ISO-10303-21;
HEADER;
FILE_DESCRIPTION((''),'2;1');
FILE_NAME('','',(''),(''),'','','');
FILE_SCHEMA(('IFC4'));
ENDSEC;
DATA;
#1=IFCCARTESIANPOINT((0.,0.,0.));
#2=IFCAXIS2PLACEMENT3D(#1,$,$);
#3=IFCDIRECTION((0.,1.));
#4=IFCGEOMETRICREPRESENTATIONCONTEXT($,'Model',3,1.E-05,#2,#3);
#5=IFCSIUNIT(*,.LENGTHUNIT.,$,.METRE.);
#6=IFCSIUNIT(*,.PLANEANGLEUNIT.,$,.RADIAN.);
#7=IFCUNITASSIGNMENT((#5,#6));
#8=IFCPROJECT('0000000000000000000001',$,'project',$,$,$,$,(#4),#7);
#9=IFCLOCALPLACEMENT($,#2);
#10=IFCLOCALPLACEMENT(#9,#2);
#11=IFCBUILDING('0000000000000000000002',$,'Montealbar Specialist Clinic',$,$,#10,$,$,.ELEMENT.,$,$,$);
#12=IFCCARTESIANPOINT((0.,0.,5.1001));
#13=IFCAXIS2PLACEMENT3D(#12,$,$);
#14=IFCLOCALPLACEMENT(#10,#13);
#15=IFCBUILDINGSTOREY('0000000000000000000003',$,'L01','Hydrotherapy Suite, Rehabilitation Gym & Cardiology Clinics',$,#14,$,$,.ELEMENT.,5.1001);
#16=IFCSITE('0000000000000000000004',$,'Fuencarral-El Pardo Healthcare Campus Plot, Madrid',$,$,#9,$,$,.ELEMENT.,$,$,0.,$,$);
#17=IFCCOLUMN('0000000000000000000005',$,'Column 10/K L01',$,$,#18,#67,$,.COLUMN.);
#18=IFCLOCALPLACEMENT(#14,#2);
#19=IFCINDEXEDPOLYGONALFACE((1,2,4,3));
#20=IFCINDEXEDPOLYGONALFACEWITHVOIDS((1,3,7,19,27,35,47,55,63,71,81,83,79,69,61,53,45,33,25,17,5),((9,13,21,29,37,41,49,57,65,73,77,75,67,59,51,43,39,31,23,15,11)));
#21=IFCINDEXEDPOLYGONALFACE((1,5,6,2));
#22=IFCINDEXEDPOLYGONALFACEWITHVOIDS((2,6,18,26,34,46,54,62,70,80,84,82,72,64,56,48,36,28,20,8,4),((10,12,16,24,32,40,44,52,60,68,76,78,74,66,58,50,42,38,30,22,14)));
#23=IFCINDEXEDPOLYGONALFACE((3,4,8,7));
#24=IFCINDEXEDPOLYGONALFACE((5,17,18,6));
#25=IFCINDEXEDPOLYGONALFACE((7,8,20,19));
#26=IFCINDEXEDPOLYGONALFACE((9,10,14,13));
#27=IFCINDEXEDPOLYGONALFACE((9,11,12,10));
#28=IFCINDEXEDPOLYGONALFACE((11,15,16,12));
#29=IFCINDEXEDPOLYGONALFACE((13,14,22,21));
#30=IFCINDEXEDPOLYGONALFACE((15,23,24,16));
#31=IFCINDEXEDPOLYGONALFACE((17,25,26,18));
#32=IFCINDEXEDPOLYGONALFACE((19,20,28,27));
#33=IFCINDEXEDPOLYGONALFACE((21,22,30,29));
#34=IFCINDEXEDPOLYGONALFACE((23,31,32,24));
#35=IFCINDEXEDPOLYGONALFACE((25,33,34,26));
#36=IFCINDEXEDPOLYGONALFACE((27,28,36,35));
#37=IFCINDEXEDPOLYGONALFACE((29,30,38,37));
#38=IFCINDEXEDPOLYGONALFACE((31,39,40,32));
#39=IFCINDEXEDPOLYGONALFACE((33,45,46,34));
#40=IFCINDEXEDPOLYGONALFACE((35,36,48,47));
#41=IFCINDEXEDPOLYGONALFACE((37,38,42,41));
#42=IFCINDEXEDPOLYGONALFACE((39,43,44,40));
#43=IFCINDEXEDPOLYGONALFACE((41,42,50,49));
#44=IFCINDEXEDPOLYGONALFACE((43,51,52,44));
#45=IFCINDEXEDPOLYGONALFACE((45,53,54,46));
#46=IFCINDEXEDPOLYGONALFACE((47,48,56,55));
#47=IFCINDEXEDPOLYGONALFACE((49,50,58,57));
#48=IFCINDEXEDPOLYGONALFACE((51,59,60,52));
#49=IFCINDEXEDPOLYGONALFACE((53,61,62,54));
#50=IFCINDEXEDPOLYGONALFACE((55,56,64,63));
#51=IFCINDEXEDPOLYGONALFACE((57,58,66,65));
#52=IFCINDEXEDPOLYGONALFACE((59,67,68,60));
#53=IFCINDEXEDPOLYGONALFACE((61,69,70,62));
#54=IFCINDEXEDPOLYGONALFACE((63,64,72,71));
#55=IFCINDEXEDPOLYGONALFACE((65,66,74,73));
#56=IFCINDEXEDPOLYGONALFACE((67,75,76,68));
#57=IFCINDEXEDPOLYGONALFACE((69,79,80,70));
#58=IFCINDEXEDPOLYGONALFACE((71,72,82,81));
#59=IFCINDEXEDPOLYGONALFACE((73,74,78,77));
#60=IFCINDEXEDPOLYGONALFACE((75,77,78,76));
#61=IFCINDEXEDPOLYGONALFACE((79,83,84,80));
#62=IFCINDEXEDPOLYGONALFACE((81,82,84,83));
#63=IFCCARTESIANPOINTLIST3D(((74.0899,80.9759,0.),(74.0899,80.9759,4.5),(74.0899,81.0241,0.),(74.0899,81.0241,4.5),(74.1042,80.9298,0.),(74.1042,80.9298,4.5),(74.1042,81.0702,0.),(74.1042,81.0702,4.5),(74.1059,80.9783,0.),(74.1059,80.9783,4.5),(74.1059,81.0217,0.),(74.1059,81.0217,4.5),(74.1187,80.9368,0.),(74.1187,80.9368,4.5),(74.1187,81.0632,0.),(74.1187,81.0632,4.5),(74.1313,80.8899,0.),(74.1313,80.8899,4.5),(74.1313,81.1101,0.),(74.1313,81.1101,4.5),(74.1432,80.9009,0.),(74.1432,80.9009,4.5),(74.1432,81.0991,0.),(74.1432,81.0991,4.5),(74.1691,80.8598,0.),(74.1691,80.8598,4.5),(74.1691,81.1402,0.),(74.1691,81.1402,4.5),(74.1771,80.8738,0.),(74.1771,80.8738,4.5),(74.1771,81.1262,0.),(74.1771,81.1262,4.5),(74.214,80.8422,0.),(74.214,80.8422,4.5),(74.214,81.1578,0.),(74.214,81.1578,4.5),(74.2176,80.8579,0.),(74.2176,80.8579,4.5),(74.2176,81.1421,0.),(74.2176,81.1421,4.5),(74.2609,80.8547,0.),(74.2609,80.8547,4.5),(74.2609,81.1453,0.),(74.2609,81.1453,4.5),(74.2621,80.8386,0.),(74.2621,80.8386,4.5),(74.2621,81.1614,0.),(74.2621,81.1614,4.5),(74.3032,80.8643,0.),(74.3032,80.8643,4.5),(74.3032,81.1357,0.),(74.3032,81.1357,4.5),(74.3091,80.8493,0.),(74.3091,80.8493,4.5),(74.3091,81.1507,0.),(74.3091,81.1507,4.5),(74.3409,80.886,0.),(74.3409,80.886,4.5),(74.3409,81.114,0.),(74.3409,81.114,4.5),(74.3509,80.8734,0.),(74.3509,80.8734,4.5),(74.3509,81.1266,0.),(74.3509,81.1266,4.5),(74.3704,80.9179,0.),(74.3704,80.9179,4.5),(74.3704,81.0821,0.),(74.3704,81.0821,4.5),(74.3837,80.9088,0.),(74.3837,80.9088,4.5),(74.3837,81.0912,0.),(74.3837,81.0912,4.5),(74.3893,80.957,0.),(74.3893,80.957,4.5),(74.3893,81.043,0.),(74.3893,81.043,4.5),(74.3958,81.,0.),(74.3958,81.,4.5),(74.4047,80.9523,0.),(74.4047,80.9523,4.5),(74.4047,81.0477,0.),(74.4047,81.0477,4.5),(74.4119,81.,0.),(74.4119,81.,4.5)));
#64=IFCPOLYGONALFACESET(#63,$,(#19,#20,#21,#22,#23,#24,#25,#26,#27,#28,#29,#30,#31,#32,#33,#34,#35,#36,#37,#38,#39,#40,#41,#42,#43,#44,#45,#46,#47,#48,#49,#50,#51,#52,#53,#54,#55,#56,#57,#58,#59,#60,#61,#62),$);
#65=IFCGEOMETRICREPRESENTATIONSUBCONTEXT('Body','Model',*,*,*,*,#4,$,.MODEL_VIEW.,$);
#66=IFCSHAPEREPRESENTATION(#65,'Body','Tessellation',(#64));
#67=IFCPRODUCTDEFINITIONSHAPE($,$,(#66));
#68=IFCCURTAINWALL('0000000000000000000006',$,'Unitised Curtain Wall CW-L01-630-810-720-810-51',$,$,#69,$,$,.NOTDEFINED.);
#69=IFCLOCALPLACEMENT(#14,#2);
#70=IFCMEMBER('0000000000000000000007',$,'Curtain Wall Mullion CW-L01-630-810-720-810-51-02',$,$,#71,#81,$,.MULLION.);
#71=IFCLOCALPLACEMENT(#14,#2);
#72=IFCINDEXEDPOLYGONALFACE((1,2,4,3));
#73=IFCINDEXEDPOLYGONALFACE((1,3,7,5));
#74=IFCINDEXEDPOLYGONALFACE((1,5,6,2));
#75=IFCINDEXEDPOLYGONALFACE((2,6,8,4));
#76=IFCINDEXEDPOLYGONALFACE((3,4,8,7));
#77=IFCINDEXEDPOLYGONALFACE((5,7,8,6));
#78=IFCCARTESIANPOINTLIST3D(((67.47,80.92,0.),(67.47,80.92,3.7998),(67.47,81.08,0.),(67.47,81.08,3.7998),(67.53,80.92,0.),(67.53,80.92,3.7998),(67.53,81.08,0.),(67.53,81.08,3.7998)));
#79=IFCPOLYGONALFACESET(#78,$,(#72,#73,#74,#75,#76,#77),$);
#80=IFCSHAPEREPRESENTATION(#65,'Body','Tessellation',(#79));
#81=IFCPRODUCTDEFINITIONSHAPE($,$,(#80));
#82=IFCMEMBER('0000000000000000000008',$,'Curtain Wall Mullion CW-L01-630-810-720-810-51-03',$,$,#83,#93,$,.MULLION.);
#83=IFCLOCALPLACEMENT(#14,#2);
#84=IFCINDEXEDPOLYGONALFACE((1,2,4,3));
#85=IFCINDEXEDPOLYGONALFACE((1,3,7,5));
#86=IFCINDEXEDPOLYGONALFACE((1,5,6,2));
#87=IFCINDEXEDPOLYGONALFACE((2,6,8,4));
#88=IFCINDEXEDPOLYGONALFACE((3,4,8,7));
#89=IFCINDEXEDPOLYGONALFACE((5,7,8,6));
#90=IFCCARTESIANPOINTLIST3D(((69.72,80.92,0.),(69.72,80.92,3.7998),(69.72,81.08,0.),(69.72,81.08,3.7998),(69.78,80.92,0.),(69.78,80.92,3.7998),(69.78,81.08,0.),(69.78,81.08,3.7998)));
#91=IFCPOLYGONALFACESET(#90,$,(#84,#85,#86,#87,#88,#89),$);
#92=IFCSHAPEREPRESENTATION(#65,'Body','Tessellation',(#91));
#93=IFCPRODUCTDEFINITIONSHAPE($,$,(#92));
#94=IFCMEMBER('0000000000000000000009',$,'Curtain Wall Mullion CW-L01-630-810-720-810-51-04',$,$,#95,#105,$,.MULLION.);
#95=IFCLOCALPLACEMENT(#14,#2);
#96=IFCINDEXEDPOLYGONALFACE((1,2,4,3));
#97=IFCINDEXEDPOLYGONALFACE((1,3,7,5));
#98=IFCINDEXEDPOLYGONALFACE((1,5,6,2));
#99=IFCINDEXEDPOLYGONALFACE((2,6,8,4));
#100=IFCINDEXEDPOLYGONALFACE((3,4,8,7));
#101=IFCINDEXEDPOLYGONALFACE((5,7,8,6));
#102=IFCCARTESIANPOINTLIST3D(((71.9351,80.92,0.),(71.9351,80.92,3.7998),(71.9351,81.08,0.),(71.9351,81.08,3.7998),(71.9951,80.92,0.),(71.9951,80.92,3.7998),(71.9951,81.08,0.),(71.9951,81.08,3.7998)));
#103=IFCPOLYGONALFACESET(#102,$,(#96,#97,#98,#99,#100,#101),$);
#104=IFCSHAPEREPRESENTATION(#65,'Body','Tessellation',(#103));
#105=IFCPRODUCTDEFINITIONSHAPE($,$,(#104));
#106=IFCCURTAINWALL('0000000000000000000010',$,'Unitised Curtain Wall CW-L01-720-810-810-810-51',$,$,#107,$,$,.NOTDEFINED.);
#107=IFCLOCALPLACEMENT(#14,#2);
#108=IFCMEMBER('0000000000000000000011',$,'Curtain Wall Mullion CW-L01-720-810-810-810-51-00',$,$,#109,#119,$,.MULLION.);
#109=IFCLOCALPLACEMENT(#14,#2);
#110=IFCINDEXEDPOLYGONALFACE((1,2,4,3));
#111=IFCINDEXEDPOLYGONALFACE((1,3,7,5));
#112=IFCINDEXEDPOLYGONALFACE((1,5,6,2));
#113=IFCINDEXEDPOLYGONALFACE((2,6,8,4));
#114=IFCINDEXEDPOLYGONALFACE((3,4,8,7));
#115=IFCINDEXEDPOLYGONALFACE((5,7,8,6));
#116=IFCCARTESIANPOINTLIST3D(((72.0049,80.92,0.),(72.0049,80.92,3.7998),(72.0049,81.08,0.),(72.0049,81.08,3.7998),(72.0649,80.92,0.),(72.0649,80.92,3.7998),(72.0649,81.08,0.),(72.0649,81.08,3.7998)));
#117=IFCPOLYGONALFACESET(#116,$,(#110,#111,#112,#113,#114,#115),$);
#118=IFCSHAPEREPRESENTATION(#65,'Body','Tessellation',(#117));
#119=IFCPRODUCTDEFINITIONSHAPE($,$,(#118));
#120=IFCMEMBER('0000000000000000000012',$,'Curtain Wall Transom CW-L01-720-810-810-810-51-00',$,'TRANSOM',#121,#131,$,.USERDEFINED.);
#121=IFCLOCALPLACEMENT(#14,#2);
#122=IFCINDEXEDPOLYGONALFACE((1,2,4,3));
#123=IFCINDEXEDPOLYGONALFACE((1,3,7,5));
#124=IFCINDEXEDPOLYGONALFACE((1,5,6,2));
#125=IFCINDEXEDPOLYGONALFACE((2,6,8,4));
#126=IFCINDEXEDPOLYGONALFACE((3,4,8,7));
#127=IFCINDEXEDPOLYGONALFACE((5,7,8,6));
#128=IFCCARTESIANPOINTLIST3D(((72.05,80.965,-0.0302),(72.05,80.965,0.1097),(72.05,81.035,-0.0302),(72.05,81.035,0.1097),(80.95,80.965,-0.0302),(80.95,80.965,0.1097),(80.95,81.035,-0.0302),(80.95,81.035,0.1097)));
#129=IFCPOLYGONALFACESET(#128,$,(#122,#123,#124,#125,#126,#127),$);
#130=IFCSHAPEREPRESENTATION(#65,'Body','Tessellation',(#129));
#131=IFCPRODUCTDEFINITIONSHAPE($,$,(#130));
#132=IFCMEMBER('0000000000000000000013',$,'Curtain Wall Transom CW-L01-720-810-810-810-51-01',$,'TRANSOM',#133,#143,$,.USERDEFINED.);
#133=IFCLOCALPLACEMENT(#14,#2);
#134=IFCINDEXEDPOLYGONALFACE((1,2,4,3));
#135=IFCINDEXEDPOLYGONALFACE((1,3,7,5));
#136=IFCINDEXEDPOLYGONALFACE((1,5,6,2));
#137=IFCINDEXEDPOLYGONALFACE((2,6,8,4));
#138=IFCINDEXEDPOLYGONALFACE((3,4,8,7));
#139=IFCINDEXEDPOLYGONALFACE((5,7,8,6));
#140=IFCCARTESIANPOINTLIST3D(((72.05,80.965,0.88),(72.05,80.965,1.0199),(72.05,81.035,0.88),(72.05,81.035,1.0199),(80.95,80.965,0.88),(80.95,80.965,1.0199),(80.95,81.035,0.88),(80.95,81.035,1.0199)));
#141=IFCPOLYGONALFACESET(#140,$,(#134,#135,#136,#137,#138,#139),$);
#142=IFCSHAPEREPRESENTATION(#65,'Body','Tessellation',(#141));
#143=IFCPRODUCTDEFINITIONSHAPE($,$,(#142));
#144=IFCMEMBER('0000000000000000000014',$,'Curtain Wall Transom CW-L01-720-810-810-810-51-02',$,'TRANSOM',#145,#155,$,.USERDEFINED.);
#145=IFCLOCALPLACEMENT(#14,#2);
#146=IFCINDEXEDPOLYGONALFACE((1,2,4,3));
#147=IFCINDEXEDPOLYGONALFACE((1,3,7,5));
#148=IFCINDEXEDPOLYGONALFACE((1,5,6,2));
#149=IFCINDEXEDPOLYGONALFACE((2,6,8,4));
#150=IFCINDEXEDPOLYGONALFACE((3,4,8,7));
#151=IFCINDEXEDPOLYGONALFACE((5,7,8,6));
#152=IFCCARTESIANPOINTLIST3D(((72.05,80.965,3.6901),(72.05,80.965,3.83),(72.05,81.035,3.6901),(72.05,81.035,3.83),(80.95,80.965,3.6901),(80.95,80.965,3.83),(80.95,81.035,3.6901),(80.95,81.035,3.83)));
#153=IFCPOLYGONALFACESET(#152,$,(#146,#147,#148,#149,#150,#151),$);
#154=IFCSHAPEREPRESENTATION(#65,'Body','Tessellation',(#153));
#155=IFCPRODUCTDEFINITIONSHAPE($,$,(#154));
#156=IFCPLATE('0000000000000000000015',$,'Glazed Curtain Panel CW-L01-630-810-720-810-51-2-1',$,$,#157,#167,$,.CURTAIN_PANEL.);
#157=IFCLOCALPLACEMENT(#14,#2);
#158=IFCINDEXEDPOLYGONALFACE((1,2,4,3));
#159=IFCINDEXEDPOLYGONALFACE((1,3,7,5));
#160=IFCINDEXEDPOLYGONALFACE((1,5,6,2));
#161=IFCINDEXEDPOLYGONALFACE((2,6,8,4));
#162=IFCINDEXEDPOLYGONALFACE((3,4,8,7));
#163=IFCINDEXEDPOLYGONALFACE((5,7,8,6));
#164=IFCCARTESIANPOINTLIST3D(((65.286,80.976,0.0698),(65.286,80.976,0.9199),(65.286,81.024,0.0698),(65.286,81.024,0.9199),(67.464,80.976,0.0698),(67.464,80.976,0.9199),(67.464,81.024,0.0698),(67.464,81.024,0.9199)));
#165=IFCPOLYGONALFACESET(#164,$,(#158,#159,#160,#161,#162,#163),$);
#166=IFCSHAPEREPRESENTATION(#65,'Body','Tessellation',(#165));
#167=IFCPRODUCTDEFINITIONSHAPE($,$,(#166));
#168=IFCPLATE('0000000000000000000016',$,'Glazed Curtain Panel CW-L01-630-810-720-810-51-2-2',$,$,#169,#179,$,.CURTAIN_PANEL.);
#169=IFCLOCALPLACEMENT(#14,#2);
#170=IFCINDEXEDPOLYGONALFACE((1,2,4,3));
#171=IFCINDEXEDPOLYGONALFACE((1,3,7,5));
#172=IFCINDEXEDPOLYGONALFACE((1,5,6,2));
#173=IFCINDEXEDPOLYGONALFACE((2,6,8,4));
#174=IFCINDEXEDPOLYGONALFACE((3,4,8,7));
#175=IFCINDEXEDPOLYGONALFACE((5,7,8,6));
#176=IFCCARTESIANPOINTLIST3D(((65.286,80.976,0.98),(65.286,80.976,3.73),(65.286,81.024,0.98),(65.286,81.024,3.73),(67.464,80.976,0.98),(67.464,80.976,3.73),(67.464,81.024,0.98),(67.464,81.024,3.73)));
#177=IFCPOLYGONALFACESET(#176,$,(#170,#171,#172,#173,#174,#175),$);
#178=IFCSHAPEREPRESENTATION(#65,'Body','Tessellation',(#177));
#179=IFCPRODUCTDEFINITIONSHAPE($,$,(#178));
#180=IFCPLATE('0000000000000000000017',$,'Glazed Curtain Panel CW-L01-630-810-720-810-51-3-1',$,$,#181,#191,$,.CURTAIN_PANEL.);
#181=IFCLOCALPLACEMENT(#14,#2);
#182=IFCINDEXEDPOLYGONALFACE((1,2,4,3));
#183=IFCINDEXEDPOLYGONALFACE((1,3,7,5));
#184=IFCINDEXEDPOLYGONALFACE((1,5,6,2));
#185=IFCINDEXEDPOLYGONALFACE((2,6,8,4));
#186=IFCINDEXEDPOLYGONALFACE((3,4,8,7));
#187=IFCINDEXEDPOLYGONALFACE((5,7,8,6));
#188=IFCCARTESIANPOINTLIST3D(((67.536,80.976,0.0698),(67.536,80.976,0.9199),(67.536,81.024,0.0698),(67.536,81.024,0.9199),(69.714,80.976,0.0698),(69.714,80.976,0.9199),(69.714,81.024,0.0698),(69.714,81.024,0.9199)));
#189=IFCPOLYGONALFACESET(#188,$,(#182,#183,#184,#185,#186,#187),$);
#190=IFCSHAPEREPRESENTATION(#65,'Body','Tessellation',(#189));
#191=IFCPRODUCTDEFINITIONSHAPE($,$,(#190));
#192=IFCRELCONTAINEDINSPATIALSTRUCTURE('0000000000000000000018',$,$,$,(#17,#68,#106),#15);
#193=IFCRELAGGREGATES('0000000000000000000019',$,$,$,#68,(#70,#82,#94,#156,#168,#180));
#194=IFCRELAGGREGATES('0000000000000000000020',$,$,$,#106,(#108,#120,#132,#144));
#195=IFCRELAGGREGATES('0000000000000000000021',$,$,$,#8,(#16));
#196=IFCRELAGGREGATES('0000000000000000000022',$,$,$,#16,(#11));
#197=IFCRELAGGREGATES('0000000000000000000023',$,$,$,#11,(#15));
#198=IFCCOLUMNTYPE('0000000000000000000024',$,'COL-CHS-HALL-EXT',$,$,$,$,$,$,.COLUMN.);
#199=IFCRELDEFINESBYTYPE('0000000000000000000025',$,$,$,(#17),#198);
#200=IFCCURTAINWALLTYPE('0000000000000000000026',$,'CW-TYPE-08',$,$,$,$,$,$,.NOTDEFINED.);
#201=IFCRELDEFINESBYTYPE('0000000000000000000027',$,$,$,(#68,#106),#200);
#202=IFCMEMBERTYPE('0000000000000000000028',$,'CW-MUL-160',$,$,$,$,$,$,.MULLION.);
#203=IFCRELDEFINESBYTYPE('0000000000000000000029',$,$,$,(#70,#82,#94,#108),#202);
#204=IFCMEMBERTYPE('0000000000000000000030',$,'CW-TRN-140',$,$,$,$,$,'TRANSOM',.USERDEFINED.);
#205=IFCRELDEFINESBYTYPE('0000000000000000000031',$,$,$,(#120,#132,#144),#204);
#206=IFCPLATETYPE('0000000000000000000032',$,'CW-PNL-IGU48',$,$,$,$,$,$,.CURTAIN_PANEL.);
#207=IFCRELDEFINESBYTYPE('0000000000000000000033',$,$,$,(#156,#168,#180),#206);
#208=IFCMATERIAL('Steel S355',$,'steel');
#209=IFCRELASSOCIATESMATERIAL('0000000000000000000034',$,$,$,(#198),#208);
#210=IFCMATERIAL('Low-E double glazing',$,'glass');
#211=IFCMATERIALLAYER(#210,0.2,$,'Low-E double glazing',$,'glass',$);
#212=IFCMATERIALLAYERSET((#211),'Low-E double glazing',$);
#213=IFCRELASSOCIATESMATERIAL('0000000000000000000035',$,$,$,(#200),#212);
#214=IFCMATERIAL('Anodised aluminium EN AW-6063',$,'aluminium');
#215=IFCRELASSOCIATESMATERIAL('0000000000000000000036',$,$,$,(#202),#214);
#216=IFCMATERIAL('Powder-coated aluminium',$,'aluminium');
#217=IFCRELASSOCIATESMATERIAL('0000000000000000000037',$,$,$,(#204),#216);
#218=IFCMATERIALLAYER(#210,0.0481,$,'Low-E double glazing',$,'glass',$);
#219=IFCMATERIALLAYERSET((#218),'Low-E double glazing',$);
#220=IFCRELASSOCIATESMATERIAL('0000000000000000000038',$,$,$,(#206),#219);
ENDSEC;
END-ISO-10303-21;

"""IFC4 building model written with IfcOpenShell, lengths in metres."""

from ifc_helpers import new_model, si_unit, direction, frame, origin, origin_2d, place, context, subcontext, project, spatial, rectangle, hollow_circle, extrude, material, layer, layer_set, material_profile, profile_set, type_object, element, aggregate, save


model = new_model("IFC4")

# Units and contexts
model_context = context("Model", 3, precision=1e-05, world=origin(), true_north=direction((0.0, 1.0)))
body_context = subcontext(model_context, "Body", "Model", "MODEL_VIEW")
ifc_project = project(units=[si_unit("LENGTHUNIT", "METRE"), si_unit("PLANEANGLEUNIT", "RADIAN")], contexts=[model_context])

# Site, building, storey
site_placement = place(None, origin())
site = spatial("IfcSite", under=ifc_project, at=site_placement, Name="Fuencarral-El Pardo Healthcare Campus Plot, Madrid", CompositionType="ELEMENT", RefElevation=0.0)
building_placement = place(site_placement, origin())
building = spatial("IfcBuilding", under=site, at=building_placement, Name="Montealbar Specialist Clinic", CompositionType="ELEMENT")
storey_placement = place(building_placement, frame((0.0, 0.0, 5.1001)))
storey = spatial("IfcBuildingStorey", under=building, at=storey_placement, Name="L01", Description="Hydrotherapy Suite, Rehabilitation Gym & Cardiology Clinics", CompositionType="ELEMENT", Elevation=5.1001)

# Column
ifc_material_1 = material(Name="Steel S355", Category="steel")
ifc_material_profile_1 = material_profile(ifc_material_1, hollow_circle(Radius=0.1619, WallThickness=0.0161, at=origin_2d()), Name="CHS 323.9x16.0", Category="steel")
ifc_profile_set_1 = profile_set([ifc_material_profile_1], Name="Steel S355")
column_type = type_object("IfcColumnType", Name="COL-CHS-HALL-EXT", PredefinedType="COLUMN", material=ifc_profile_set_1)
column_placement = place(storey_placement, frame((74.25, 81.0, 0.0), z_axis=(0.0, 0.0, 1.0), x_axis=(1.0, 0.0, 0.0)))
element("IfcColumn", 1, at=column_placement, inside=storey, type_object=column_type, Name="Column 10/K L01", PredefinedType="COLUMN", context=body_context, shape_type="SweptSolid", body=[
    extrude(hollow_circle(Radius=0.1619, WallThickness=0.0161, at=origin_2d()), origin(), (0.0, 0.0, 1.0), 4.5),
])

# Curtain walls, members
ifc_material_2 = material(Name="Low-E double glazing", Category="glass")
ifc_layer_1 = layer(ifc_material_2, 0.2, Name="Low-E double glazing", Category="glass")
ifc_layer_set_1 = layer_set([ifc_layer_1], Name="Low-E double glazing")
curtain_wall_type = type_object("IfcCurtainWallType", Name="CW-TYPE-08", PredefinedType="NOTDEFINED", material=ifc_layer_set_1)
curtain_wall_1_placement = place(storey_placement, origin())
curtain_wall_1 = element("IfcCurtainWall", 2, at=curtain_wall_1_placement, inside=storey, type_object=curtain_wall_type, Name="Unitised Curtain Wall CW-L01-630-810-720-810-51", PredefinedType="NOTDEFINED")
ifc_material_3 = material(Name="Anodised aluminium EN AW-6063", Category="aluminium")
ifc_material_profile_2 = material_profile(ifc_material_3, rectangle(XDim=0.0601, YDim=0.1599, at=origin_2d()), Name="ALU 60x160", Category="aluminium")
ifc_profile_set_2 = profile_set([ifc_material_profile_2], Name="Anodised aluminium EN AW-6063")
member_type_1 = type_object("IfcMemberType", Name="CW-MUL-160", PredefinedType="MULLION", material=ifc_profile_set_2)
member_1_placement = place(storey_placement, frame((67.5, 81.0, 0.0), z_axis=(0.0, 0.0, 1.0), x_axis=(1.0, 0.0, 0.0)))
member_1 = element("IfcMember", 3, at=member_1_placement, type_object=member_type_1, Name="Curtain Wall Mullion CW-L01-630-810-720-810-51-02", PredefinedType="MULLION", context=body_context, shape_type="SweptSolid", body=[
    extrude(rectangle(XDim=0.0601, YDim=0.1599, at=origin_2d()), origin(), (0.0, 0.0, 1.0), 3.7998),
])
member_2_placement = place(storey_placement, frame((69.75, 81.0, 0.0), z_axis=(0.0, 0.0, 1.0), x_axis=(1.0, 0.0, 0.0)))
member_2 = element("IfcMember", 4, at=member_2_placement, type_object=member_type_1, Name="Curtain Wall Mullion CW-L01-630-810-720-810-51-03", PredefinedType="MULLION", context=body_context, shape_type="SweptSolid", body=[
    extrude(rectangle(XDim=0.0601, YDim=0.1599, at=origin_2d()), origin(), (0.0, 0.0, 1.0), 3.7998),
])
member_3_placement = place(storey_placement, frame((71.9651, 81.0, 0.0), z_axis=(0.0, 0.0, 1.0), x_axis=(1.0, 0.0, 0.0)))
member_3 = element("IfcMember", 5, at=member_3_placement, type_object=member_type_1, Name="Curtain Wall Mullion CW-L01-630-810-720-810-51-04", PredefinedType="MULLION", context=body_context, shape_type="SweptSolid", body=[
    extrude(rectangle(XDim=0.0601, YDim=0.1599, at=origin_2d()), origin(), (0.0, 0.0, 1.0), 3.7998),
])
curtain_wall_2_placement = place(storey_placement, origin())
curtain_wall_2 = element("IfcCurtainWall", 6, at=curtain_wall_2_placement, inside=storey, type_object=curtain_wall_type, Name="Unitised Curtain Wall CW-L01-720-810-810-810-51", PredefinedType="NOTDEFINED")
member_4_placement = place(storey_placement, frame((72.0349, 81.0, 0.0), z_axis=(0.0, 0.0, 1.0), x_axis=(1.0, 0.0, 0.0)))
member_4 = element("IfcMember", 7, at=member_4_placement, type_object=member_type_1, Name="Curtain Wall Mullion CW-L01-720-810-810-810-51-00", PredefinedType="MULLION", context=body_context, shape_type="SweptSolid", body=[
    extrude(rectangle(XDim=0.0601, YDim=0.1599, at=origin_2d()), origin(), (0.0, 0.0, 1.0), 3.7998),
])
ifc_material_4 = material(Name="Powder-coated aluminium", Category="aluminium")
ifc_material_profile_3 = material_profile(ifc_material_4, rectangle(XDim=0.0701, YDim=0.1399, at=origin_2d()), Name="ALU 70x140", Category="aluminium")
ifc_profile_set_3 = profile_set([ifc_material_profile_3], Name="Powder-coated aluminium")
member_type_2 = type_object("IfcMemberType", Name="CW-TRN-140", ElementType="TRANSOM", PredefinedType="USERDEFINED", material=ifc_profile_set_3)
member_5_placement = place(storey_placement, frame((72.05, 81.0, 0.0398), z_axis=(1.0, 0.0, 0.0), x_axis=(0.0, 1.0, 0.0)))
member_5 = element("IfcMember", 8, at=member_5_placement, type_object=member_type_2, Name="Curtain Wall Transom CW-L01-720-810-810-810-51-00", ObjectType="TRANSOM", PredefinedType="USERDEFINED", context=body_context, shape_type="SweptSolid", body=[
    extrude(rectangle(XDim=0.0701, YDim=0.1399, at=origin_2d()), origin(), (0.0, 0.0, 1.0), 8.8999),
])
member_6_placement = place(storey_placement, frame((72.05, 81.0, 0.95), z_axis=(1.0, 0.0, 0.0), x_axis=(0.0, 1.0, 0.0)))
member_6 = element("IfcMember", 9, at=member_6_placement, type_object=member_type_2, Name="Curtain Wall Transom CW-L01-720-810-810-810-51-01", ObjectType="TRANSOM", PredefinedType="USERDEFINED", context=body_context, shape_type="SweptSolid", body=[
    extrude(rectangle(XDim=0.0701, YDim=0.1399, at=origin_2d()), origin(), (0.0, 0.0, 1.0), 8.8999),
])
member_7_placement = place(storey_placement, frame((72.05, 81.0, 3.76), z_axis=(1.0, 0.0, 0.0), x_axis=(0.0, 1.0, 0.0)))
member_7 = element("IfcMember", 10, at=member_7_placement, type_object=member_type_2, Name="Curtain Wall Transom CW-L01-720-810-810-810-51-02", ObjectType="TRANSOM", PredefinedType="USERDEFINED", context=body_context, shape_type="SweptSolid", body=[
    extrude(rectangle(XDim=0.0701, YDim=0.1399, at=origin_2d()), origin(), (0.0, 0.0, 1.0), 8.8999),
])

# Plates
ifc_layer_2 = layer(ifc_material_2, 0.0481, Name="Low-E double glazing", Category="glass")
ifc_layer_set_2 = layer_set([ifc_layer_2], Name="Low-E double glazing")
plate_type_1 = type_object("IfcPlateType", Name="CW-PNL-IGU48", PredefinedType="CURTAIN_PANEL", material=ifc_layer_set_2)
plate_1_placement = place(storey_placement, frame((66.375, 81.0, 0.0698), z_axis=(0.0, 0.0, 1.0), x_axis=(1.0, 0.0, 0.0)))
plate_1 = element("IfcPlate", 11, at=plate_1_placement, type_object=plate_type_1, Name="Glazed Curtain Panel CW-L01-630-810-720-810-51-2-1", PredefinedType="CURTAIN_PANEL", context=body_context, shape_type="SweptSolid", body=[
    extrude(rectangle(XDim=2.178, YDim=0.0481, at=origin_2d()), origin(), (0.0, 0.0, 1.0), 0.8501),
])
plate_2_placement = place(storey_placement, frame((66.375, 81.0, 0.98), z_axis=(0.0, 0.0, 1.0), x_axis=(1.0, 0.0, 0.0)))
plate_2 = element("IfcPlate", 12, at=plate_2_placement, type_object=plate_type_1, Name="Glazed Curtain Panel CW-L01-630-810-720-810-51-2-2", PredefinedType="CURTAIN_PANEL", context=body_context, shape_type="SweptSolid", body=[
    extrude(rectangle(XDim=2.178, YDim=0.0481, at=origin_2d()), origin(), (0.0, 0.0, 1.0), 2.75),
])
plate_3_placement = place(storey_placement, frame((68.625, 81.0, 0.0698), z_axis=(0.0, 0.0, 1.0), x_axis=(1.0, 0.0, 0.0)))
plate_3 = element("IfcPlate", 13, at=plate_3_placement, type_object=plate_type_1, Name="Glazed Curtain Panel CW-L01-630-810-720-810-51-3-1", PredefinedType="CURTAIN_PANEL", context=body_context, shape_type="SweptSolid", body=[
    extrude(rectangle(XDim=2.178, YDim=0.0481, at=origin_2d()), origin(), (0.0, 0.0, 1.0), 0.8501),
])
aggregate(curtain_wall_1, [member_1, member_2, member_3, plate_1, plate_2, plate_3])
aggregate(curtain_wall_2, [member_4, member_5, member_6, member_7])

save(model, "model.ifc")
